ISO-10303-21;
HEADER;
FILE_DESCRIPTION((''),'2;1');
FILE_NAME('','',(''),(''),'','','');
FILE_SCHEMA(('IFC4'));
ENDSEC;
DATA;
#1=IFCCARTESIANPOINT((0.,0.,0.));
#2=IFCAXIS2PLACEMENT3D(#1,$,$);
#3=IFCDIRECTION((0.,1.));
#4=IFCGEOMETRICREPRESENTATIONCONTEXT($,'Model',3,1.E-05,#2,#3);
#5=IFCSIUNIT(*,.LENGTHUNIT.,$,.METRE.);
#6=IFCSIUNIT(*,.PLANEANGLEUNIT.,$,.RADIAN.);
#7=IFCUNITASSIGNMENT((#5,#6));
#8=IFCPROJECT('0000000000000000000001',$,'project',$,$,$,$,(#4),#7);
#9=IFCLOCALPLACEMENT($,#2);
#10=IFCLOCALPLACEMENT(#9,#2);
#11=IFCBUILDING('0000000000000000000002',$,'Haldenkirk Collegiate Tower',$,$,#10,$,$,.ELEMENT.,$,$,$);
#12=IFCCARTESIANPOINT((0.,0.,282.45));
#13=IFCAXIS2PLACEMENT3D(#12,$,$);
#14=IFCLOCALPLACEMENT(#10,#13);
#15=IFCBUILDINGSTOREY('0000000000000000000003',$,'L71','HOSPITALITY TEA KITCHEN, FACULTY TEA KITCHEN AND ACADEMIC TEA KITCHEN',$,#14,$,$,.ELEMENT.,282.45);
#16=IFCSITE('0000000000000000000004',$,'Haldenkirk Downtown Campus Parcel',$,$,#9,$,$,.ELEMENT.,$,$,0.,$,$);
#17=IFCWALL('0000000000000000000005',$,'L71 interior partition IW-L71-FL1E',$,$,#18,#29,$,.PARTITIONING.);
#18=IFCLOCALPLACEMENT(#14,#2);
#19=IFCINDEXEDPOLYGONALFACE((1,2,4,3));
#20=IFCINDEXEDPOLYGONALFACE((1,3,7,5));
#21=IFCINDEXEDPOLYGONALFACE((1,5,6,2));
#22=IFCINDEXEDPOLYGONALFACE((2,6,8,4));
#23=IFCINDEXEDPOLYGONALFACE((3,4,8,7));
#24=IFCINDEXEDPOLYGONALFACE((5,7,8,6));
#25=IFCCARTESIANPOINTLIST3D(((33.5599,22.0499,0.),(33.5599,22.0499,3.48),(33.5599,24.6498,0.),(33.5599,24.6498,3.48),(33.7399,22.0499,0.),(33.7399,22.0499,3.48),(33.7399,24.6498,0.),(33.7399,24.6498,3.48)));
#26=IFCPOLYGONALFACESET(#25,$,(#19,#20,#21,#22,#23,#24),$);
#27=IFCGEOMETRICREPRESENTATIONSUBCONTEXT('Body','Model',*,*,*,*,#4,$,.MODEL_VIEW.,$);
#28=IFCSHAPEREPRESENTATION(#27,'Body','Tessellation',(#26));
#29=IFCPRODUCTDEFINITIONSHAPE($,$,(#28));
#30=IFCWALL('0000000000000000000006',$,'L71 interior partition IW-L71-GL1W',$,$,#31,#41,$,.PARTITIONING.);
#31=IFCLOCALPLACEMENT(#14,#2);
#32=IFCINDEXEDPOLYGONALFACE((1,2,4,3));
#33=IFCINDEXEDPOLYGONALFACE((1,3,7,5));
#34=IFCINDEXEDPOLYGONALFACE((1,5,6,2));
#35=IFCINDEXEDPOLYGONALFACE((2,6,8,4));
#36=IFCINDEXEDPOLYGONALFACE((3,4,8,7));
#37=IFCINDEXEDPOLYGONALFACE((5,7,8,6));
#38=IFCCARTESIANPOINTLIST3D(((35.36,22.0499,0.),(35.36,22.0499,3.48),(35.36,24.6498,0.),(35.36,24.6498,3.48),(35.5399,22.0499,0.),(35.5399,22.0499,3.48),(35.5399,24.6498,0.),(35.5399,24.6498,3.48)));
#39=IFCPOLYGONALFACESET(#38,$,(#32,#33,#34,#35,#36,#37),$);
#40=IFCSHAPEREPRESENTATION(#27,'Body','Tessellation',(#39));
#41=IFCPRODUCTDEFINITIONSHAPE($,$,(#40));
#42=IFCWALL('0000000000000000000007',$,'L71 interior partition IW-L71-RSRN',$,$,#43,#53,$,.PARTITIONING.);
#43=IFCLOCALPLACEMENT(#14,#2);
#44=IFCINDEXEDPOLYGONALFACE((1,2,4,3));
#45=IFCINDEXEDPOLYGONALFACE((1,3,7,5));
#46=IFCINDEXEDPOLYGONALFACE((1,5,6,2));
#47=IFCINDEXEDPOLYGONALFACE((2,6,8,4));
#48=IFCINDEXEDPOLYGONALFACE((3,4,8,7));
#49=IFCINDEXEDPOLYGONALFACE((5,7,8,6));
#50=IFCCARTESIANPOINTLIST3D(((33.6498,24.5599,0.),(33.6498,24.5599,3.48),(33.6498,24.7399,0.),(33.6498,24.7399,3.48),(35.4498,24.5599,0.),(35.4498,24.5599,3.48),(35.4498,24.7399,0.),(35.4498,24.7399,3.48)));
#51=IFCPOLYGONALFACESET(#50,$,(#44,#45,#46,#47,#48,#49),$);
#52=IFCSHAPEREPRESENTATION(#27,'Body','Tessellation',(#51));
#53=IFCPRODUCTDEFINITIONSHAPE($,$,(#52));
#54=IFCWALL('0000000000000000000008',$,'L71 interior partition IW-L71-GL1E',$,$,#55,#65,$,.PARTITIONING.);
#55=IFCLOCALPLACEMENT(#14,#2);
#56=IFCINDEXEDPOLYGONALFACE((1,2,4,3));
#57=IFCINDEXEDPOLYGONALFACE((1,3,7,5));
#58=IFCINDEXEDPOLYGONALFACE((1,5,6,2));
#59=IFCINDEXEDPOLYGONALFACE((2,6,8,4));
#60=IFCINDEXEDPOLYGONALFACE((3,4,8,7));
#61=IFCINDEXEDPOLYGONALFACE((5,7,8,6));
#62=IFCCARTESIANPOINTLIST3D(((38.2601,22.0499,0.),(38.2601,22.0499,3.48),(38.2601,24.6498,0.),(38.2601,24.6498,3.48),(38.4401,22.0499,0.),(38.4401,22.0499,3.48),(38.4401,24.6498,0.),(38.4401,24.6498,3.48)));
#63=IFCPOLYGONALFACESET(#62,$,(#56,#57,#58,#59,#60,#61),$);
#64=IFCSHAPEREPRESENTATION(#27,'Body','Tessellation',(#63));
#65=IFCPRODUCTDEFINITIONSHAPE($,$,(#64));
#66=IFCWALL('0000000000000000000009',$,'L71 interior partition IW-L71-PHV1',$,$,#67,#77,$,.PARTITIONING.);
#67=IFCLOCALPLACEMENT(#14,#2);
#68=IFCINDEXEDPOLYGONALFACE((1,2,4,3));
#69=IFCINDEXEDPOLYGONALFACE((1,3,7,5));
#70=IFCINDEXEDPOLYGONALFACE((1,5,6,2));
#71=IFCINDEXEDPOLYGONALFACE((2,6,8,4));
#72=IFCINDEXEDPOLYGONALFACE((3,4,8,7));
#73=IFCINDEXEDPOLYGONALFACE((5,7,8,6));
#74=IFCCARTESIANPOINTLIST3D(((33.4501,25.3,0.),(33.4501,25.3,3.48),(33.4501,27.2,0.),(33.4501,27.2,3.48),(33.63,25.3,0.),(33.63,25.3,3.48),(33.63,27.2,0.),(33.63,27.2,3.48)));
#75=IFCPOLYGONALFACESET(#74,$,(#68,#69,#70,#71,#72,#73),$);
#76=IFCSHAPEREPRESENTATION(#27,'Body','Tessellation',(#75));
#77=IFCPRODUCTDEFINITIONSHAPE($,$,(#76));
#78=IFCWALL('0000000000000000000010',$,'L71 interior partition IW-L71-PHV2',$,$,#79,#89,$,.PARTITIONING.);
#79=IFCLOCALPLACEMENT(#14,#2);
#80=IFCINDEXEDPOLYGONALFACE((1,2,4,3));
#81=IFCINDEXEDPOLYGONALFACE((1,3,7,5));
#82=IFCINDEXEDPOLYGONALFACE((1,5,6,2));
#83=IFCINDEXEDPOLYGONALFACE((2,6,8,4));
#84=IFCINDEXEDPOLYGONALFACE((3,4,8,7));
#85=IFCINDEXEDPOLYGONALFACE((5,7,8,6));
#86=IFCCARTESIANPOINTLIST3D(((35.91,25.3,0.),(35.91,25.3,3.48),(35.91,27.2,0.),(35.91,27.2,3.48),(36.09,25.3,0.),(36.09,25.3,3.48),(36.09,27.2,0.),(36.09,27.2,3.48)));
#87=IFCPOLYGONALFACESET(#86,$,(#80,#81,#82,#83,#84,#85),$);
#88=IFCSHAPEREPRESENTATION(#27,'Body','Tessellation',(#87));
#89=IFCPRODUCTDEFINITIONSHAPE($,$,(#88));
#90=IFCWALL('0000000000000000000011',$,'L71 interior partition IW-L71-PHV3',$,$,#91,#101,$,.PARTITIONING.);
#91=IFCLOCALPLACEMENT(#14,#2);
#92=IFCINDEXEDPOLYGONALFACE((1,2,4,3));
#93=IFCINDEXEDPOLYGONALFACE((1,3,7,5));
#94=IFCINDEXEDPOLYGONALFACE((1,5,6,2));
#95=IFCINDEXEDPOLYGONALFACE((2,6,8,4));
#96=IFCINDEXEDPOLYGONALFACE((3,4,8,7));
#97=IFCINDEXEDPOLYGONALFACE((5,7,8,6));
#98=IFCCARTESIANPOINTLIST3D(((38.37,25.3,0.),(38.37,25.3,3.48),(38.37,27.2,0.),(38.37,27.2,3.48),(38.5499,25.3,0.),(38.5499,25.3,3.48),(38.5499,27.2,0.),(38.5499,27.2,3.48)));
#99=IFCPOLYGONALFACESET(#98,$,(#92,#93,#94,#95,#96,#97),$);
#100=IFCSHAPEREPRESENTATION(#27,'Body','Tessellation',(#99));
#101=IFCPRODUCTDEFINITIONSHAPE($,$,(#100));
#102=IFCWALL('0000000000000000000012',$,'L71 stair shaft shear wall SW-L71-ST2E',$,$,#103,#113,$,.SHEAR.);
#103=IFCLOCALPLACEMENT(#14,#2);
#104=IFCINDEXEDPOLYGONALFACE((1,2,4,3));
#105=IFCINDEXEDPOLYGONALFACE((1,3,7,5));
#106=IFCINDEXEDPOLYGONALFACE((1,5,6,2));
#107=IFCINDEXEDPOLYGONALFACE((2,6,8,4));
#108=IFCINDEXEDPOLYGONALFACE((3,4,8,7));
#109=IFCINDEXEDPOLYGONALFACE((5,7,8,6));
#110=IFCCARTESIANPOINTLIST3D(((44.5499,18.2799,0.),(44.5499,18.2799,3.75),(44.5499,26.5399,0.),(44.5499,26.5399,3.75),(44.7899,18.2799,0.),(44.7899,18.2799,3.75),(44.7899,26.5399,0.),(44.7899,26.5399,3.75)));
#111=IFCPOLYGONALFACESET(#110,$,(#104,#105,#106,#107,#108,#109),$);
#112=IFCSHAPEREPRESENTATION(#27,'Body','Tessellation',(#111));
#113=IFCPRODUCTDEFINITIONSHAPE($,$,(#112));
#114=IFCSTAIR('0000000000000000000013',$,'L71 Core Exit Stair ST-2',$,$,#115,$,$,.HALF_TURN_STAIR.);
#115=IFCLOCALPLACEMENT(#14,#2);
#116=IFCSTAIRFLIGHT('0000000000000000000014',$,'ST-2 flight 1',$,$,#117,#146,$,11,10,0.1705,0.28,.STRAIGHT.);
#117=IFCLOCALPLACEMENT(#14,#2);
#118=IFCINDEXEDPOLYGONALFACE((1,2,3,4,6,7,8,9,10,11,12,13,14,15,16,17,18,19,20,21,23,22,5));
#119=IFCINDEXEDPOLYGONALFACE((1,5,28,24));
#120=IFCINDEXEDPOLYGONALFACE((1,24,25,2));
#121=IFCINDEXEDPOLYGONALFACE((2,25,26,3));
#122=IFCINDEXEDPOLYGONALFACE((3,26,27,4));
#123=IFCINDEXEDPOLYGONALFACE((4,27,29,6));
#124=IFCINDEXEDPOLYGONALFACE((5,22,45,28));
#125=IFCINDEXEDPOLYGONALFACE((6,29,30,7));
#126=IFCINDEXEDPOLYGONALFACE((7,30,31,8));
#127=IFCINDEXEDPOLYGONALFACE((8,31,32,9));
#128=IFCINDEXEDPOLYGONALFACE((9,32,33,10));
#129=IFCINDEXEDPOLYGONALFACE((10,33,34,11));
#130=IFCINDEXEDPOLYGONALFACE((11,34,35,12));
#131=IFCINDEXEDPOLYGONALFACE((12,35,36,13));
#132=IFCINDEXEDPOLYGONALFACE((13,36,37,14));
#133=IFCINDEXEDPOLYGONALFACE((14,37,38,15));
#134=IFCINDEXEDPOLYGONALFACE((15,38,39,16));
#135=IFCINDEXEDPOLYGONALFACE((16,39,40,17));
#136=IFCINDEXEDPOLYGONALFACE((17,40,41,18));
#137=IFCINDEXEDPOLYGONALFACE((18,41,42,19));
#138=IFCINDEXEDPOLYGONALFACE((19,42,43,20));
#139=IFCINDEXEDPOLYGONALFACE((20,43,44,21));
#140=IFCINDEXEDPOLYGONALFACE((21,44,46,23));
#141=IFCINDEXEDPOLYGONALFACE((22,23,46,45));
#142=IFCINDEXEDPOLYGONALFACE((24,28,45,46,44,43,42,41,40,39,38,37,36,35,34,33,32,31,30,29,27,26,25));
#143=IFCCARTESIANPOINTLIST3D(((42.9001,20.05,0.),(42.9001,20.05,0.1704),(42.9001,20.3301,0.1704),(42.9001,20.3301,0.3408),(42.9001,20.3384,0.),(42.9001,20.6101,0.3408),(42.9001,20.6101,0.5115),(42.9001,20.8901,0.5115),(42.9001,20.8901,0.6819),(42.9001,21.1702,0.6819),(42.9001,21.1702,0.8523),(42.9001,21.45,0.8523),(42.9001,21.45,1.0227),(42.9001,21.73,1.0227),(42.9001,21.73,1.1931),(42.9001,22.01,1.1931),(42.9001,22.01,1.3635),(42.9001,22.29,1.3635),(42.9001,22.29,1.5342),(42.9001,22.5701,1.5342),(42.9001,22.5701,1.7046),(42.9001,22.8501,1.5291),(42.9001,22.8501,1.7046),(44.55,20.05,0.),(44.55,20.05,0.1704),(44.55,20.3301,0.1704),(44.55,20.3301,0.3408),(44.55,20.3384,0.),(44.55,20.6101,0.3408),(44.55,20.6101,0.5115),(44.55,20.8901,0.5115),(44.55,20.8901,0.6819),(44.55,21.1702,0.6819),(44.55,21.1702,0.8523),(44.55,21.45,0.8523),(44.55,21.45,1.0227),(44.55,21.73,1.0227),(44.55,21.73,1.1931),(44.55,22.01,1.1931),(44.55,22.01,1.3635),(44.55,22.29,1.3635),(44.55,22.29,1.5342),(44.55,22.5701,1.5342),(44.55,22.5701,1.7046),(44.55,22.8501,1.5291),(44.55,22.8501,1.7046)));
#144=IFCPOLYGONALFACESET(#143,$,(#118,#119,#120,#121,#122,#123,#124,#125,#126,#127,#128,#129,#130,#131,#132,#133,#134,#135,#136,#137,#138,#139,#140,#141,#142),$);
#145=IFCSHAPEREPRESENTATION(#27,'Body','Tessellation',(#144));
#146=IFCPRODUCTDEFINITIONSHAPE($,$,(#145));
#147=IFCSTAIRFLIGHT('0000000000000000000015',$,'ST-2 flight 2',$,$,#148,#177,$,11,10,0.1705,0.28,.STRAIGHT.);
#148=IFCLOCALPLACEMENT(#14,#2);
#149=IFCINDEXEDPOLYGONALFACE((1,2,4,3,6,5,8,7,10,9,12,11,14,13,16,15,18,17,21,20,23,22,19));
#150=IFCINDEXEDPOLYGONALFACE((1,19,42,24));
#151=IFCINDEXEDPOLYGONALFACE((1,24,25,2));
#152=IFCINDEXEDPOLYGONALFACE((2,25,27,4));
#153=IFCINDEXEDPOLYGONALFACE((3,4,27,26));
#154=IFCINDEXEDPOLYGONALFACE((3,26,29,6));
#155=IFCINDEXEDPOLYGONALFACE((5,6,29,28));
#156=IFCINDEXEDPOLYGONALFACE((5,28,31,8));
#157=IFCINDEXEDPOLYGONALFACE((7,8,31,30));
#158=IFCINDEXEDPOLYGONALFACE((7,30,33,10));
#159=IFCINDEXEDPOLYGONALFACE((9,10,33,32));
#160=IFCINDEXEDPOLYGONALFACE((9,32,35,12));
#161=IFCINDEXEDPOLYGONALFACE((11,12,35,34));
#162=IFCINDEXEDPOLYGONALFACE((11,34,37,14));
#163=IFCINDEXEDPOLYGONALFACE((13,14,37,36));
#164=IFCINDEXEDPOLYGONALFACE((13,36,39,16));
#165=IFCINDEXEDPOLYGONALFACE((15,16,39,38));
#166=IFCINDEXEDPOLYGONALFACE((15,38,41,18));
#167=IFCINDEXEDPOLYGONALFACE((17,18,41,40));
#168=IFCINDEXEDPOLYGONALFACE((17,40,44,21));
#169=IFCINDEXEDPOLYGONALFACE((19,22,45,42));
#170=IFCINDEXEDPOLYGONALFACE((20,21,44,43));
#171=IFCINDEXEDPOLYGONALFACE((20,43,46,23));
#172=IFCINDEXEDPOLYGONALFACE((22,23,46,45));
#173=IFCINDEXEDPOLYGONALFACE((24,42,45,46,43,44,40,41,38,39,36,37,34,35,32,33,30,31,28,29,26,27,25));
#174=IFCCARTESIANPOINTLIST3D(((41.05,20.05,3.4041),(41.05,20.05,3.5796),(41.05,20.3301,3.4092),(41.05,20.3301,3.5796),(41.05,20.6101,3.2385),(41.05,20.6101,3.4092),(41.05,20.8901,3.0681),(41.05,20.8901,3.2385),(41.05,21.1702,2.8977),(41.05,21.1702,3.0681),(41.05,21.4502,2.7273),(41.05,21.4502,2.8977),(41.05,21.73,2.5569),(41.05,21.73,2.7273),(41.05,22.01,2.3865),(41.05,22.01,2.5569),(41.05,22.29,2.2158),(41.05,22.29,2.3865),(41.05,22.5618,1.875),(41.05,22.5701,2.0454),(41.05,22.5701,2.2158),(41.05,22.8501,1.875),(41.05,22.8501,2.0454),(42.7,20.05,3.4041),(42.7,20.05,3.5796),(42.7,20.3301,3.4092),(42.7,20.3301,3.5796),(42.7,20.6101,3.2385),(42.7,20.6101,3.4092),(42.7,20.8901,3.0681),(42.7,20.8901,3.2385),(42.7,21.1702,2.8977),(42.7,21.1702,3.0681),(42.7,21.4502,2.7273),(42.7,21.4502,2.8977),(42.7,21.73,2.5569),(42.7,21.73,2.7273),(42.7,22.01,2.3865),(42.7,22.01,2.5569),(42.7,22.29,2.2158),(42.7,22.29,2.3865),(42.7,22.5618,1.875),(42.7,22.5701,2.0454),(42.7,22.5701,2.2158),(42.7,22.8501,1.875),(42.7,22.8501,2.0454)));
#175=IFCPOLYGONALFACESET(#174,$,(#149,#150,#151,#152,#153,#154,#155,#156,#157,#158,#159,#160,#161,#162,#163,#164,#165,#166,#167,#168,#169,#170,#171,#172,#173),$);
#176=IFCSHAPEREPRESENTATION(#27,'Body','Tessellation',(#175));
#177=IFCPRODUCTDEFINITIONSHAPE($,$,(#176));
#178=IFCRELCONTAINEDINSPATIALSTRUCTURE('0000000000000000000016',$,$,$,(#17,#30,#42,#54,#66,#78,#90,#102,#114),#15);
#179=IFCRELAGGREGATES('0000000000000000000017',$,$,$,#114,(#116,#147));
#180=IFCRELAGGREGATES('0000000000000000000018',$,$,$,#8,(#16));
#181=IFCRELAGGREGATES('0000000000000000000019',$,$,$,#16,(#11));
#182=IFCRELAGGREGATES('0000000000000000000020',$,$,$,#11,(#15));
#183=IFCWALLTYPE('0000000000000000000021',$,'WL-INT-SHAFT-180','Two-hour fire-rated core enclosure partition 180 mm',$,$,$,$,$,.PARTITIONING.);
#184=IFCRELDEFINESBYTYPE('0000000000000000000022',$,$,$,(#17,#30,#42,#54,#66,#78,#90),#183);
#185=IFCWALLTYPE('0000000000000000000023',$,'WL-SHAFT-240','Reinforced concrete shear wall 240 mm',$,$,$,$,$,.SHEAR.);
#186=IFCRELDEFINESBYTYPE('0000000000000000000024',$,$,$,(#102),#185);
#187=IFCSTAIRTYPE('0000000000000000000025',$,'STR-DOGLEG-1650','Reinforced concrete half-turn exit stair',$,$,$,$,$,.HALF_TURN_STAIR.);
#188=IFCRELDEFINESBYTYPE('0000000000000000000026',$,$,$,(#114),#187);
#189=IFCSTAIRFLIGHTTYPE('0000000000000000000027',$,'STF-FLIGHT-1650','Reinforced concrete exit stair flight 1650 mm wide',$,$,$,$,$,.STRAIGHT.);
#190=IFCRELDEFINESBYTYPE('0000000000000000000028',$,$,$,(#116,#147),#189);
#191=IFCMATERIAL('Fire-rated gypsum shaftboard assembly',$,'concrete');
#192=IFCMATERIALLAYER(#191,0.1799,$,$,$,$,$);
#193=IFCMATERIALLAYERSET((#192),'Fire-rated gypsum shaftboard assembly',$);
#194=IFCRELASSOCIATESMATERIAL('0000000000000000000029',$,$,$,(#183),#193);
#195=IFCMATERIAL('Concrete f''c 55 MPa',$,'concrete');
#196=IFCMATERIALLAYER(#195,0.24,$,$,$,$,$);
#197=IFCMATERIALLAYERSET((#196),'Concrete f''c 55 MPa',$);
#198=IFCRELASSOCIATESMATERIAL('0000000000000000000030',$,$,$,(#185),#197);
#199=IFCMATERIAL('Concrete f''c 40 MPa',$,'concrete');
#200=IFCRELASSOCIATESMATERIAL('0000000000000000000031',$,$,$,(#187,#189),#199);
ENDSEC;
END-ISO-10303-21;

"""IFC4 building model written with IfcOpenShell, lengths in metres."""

from ifc_helpers import new_model, si_unit, direction, frame, frame_2d, origin, place, context, subcontext, project, spatial, polyline, rectangle, outline, extrude, material, layer, layer_set, type_object, element, aggregate, save


model = new_model("IFC4")

# Units and contexts
model_context = context("Model", 3, precision=1e-05, world=origin(), true_north=direction((0.0, 1.0)))
body_context = subcontext(model_context, "Body", "Model", "MODEL_VIEW")
ifc_project = project(units=[si_unit("LENGTHUNIT", "METRE"), si_unit("PLANEANGLEUNIT", "RADIAN")], contexts=[model_context])

# Site, building, storey
site_placement = place(None, origin())
site = spatial("IfcSite", under=ifc_project, at=site_placement, Name="Haldenkirk Downtown Campus Parcel", CompositionType="ELEMENT", RefElevation=0.0)
building_placement = place(site_placement, origin())
building = spatial("IfcBuilding", under=site, at=building_placement, Name="Haldenkirk Collegiate Tower", CompositionType="ELEMENT")
storey_placement = place(building_placement, frame((0.0, 0.0, 282.45)))
storey = spatial("IfcBuildingStorey", under=building, at=storey_placement, Name="L71", Description="HOSPITALITY TEA KITCHEN, FACULTY TEA KITCHEN AND ACADEMIC TEA KITCHEN", CompositionType="ELEMENT", Elevation=282.45)

# Walls
ifc_material_1 = material(Name="Fire-rated gypsum shaftboard assembly", Category="concrete")
ifc_layer_1 = layer(ifc_material_1, 0.1799)
ifc_layer_set_1 = layer_set([ifc_layer_1], Name="Fire-rated gypsum shaftboard assembly")
wall_type_1 = type_object("IfcWallType", Name="WL-INT-SHAFT-180", Description="Two-hour fire-rated core enclosure partition 180 mm", PredefinedType="PARTITIONING", material=ifc_layer_set_1)
for number, where, z_axis, x_axis, name in (
    (1, (33.6499, 22.05, 0.0), (0.0, 0.0, 1.0), (0.0, 1.0, 0.0), "L71 interior partition IW-L71-FL1E"),
    (2, (35.45, 22.05, 0.0), (0.0, 0.0, 1.0), (0.0, 1.0, 0.0), "L71 interior partition IW-L71-GL1W"),
):
    element("IfcWall", number, at=place(storey_placement, frame(where, z_axis=z_axis, x_axis=x_axis)), inside=storey, type_object=wall_type_1, Name=name, PredefinedType="PARTITIONING", context=body_context, shape_type="SweptSolid", body=[
        extrude(rectangle(XDim=2.5999, YDim=0.1799, at=frame_2d((1.2998, 0.0))), origin(), (0.0, 0.0, 1.0), 3.48),
    ])
wall_1_placement = place(storey_placement, frame((33.6499, 24.6499, 0.0), z_axis=(0.0, 0.0, 1.0), x_axis=(1.0, 0.0, 0.0)))
element("IfcWall", 3, at=wall_1_placement, inside=storey, type_object=wall_type_1, Name="L71 interior partition IW-L71-RSRN", PredefinedType="PARTITIONING", context=body_context, shape_type="SweptSolid", body=[
    extrude(rectangle(XDim=1.8, YDim=0.1799, at=frame_2d((0.8999, 0.0))), origin(), (0.0, 0.0, 1.0), 3.48),
])
wall_2_placement = place(storey_placement, frame((38.3501, 22.05, 0.0), z_axis=(0.0, 0.0, 1.0), x_axis=(0.0, 1.0, 0.0)))
element("IfcWall", 4, at=wall_2_placement, inside=storey, type_object=wall_type_1, Name="L71 interior partition IW-L71-GL1E", PredefinedType="PARTITIONING", context=body_context, shape_type="SweptSolid", body=[
    extrude(rectangle(XDim=2.5999, YDim=0.1799, at=frame_2d((1.2998, 0.0))), origin(), (0.0, 0.0, 1.0), 3.48),
])
for number, where, z_axis, x_axis, name in (
    (5, (33.54, 25.3, 0.0), (0.0, 0.0, 1.0), (0.0, 1.0, 0.0), "L71 interior partition IW-L71-PHV1"),
    (6, (36.0, 25.3, 0.0), (0.0, 0.0, 1.0), (0.0, 1.0, 0.0), "L71 interior partition IW-L71-PHV2"),
    (7, (38.46, 25.3, 0.0), (0.0, 0.0, 1.0), (0.0, 1.0, 0.0), "L71 interior partition IW-L71-PHV3"),
):
    element("IfcWall", number, at=place(storey_placement, frame(where, z_axis=z_axis, x_axis=x_axis)), inside=storey, type_object=wall_type_1, Name=name, PredefinedType="PARTITIONING", context=body_context, shape_type="SweptSolid", body=[
        extrude(rectangle(XDim=1.8999, YDim=0.1799, at=frame_2d((0.95, 0.0))), origin(), (0.0, 0.0, 1.0), 3.48),
    ])

# Wall
ifc_material_2 = material(Name="Concrete f'c 55 MPa", Category="concrete")
ifc_layer_2 = layer(ifc_material_2, 0.24)
ifc_layer_set_2 = layer_set([ifc_layer_2], Name="Concrete f'c 55 MPa")
wall_type_2 = type_object("IfcWallType", Name="WL-SHAFT-240", Description="Reinforced concrete shear wall 240 mm", PredefinedType="SHEAR", material=ifc_layer_set_2)
wall_3_placement = place(storey_placement, frame((44.6699, 18.28, 0.0), z_axis=(0.0, 0.0, 1.0), x_axis=(0.0, 1.0, 0.0)))
element("IfcWall", 8, at=wall_3_placement, inside=storey, type_object=wall_type_2, Name="L71 stair shaft shear wall SW-L71-ST2E", PredefinedType="SHEAR", context=body_context, shape_type="SweptSolid", body=[
    extrude(rectangle(XDim=8.26, YDim=0.24, at=frame_2d((4.1299, 0.0))), origin(), (0.0, 0.0, 1.0), 3.75),
])

# Stair, stair flights
ifc_material_3 = material(Name="Concrete f'c 40 MPa", Category="concrete")
stair_type = type_object("IfcStairType", Name="STR-DOGLEG-1650", Description="Reinforced concrete half-turn exit stair", PredefinedType="HALF_TURN_STAIR", material=ifc_material_3)
stair_placement = place(storey_placement, origin())
stair = element("IfcStair", 9, at=stair_placement, inside=storey, type_object=stair_type, Name="L71 Core Exit Stair ST-2", PredefinedType="HALF_TURN_STAIR")
stair_flight_type = type_object("IfcStairFlightType", Name="STF-FLIGHT-1650", Description="Reinforced concrete exit stair flight 1650 mm wide", PredefinedType="STRAIGHT", material=ifc_material_3)
stair_flight_1_placement = place(storey_placement, frame((43.7251, 20.05, 0.0), z_axis=(0.0, 0.0, 1.0), x_axis=(0.0, 1.0, 0.0)))
stair_flight_1 = element("IfcStairFlight", 10, at=stair_flight_1_placement, type_object=stair_flight_type, Name="ST-2 flight 1", NumberOfRisers=11, NumberOfTreads=10, PredefinedType="STRAIGHT", RiserHeight=0.1705, TreadLength=0.28, context=body_context, shape_type="SweptSolid", body=[
    extrude(outline(polyline([(0.0, 0.0), (0.0, 0.1704), (0.28, 0.1704), (0.28, 0.3408), (0.5601, 0.3408), (0.5601, 0.5115), (0.8401, 0.5115), (0.8401, 0.6819), (1.1201, 0.6819), (1.1201, 0.8523), (1.3999, 0.8523), (1.3999, 1.0227), (1.6799, 1.0227), (1.6799, 1.1931), (1.96, 1.1931), (1.96, 1.3635), (2.24, 1.3635), (2.24, 1.5342), (2.52, 1.5342), (2.52, 1.7046), (2.8, 1.7046), (2.8, 1.875), (2.8, 1.5291), (0.2883, 0.0), (0.0, 0.0)])), frame((0.0, 0.825, 0.0), z_axis=(0.0, -1.0, 0.0), x_axis=(1.0, 0.0, 0.0)), (0.0, 0.0, 1.0), 1.6499),
])
stair_flight_2_placement = place(storey_placement, frame((41.875, 22.8501, 1.875), z_axis=(0.0, 0.0, 1.0), x_axis=(0.0, -1.0, 0.0)))
stair_flight_2 = element("IfcStairFlight", 11, at=stair_flight_2_placement, type_object=stair_flight_type, Name="ST-2 flight 2", NumberOfRisers=11, NumberOfTreads=10, PredefinedType="STRAIGHT", RiserHeight=0.1705, TreadLength=0.28, context=body_context, shape_type="SweptSolid", body=[
    extrude(outline(polyline([(0.0, 0.0), (0.0, 0.1704), (0.28, 0.1704), (0.28, 0.3408), (0.5601, 0.3408), (0.5601, 0.5115), (0.8401, 0.5115), (0.8401, 0.6819), (1.1201, 0.6819), (1.1201, 0.8523), (1.3999, 0.8523), (1.3999, 1.0227), (1.6799, 1.0227), (1.6799, 1.1931), (1.96, 1.1931), (1.96, 1.3635), (2.24, 1.3635), (2.24, 1.5342), (2.52, 1.5342), (2.52, 1.7046), (2.8, 1.7046), (2.8, 1.875), (2.8, 1.5291), (0.2883, 0.0), (0.0, 0.0)])), frame((0.0, 0.825, 0.0), z_axis=(0.0, -1.0, 0.0), x_axis=(1.0, 0.0, 0.0)), (0.0, 0.0, 1.0), 1.6499),
])
aggregate(stair, [stair_flight_1, stair_flight_2])

save(model, "model.ifc")
